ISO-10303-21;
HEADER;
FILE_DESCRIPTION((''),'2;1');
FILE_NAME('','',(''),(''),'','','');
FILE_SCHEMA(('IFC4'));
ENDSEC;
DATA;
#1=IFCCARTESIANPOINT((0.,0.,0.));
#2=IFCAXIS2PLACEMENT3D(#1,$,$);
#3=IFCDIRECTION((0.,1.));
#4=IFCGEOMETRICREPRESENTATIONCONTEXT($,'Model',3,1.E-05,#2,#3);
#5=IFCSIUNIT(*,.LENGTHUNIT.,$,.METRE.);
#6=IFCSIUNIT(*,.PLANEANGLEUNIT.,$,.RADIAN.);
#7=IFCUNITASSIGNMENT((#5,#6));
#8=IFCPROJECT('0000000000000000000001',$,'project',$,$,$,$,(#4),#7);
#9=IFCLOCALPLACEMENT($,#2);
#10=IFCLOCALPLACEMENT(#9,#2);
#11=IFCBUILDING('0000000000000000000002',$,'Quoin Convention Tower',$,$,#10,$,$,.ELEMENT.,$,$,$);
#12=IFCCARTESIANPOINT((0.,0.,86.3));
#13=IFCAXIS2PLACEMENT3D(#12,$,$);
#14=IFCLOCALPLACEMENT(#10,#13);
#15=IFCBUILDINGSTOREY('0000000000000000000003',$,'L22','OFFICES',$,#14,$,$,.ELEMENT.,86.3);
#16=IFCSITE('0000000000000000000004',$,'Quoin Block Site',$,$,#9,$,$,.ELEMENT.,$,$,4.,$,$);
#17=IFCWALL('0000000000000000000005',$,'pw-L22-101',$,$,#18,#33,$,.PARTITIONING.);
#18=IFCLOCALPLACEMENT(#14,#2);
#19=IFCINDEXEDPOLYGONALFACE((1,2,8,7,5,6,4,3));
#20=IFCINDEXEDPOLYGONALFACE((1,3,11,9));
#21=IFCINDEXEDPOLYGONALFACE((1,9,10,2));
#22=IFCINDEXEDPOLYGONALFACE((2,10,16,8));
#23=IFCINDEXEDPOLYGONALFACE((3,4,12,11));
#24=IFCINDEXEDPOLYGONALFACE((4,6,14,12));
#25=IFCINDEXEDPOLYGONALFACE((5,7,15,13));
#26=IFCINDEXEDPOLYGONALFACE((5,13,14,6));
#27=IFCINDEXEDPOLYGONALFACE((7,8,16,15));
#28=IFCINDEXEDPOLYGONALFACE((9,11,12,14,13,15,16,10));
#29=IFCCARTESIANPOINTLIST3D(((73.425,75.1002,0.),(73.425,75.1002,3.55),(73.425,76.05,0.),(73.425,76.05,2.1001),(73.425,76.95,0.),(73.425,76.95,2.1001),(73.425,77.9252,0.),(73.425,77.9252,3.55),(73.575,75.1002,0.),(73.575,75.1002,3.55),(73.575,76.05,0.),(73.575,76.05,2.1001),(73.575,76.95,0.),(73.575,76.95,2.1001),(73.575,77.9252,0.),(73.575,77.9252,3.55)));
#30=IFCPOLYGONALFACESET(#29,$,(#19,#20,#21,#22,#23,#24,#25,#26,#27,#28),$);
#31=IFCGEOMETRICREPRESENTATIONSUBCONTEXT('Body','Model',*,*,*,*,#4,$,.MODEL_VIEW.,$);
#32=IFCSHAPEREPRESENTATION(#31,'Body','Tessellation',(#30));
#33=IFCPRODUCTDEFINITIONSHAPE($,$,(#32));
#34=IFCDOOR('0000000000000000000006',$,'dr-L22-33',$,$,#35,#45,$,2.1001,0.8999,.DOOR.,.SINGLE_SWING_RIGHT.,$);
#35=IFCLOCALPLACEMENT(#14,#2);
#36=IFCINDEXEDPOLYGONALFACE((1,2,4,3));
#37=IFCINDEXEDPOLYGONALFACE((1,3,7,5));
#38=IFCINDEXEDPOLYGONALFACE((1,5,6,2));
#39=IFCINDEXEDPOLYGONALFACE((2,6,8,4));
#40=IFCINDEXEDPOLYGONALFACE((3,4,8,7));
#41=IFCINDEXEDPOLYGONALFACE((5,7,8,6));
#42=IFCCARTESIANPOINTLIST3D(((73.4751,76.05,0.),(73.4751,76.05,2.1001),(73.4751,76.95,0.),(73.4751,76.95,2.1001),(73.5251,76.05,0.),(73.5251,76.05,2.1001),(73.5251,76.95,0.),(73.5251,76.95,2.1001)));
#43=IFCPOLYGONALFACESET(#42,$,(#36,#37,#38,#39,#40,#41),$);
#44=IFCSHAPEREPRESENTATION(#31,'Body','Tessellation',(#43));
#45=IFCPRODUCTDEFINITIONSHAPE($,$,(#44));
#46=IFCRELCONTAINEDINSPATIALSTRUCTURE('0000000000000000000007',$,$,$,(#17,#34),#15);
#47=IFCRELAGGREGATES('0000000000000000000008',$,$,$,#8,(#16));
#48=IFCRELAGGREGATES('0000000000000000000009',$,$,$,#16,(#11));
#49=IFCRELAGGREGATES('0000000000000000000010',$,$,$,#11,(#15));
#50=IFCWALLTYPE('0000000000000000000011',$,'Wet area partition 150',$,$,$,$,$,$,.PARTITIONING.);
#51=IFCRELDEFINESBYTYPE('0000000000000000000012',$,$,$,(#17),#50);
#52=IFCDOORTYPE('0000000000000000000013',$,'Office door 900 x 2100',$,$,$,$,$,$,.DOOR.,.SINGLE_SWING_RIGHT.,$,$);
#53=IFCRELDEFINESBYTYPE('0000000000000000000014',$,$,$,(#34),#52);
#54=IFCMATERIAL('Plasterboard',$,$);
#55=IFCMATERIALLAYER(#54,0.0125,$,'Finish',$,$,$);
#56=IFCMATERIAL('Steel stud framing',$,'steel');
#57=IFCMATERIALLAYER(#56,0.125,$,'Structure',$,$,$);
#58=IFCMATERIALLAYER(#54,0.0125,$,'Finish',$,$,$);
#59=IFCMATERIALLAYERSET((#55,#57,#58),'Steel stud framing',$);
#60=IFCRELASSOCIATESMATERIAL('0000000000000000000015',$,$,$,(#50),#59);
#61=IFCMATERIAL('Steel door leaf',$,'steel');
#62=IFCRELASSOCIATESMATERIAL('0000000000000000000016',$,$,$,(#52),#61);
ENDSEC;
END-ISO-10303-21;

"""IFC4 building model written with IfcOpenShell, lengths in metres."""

from ifc_helpers import new_model, si_unit, direction, frame, frame_2d, origin, place, context, subcontext, project, spatial, rectangle, extrude, material, layer, layer_set, type_object, element, fill, save


model = new_model("IFC4")

# Units and contexts
model_context = context("Model", 3, precision=1e-05, world=origin(), true_north=direction((0.0, 1.0)))
body_context = subcontext(model_context, "Body", "Model", "MODEL_VIEW")
ifc_project = project(units=[si_unit("LENGTHUNIT", "METRE"), si_unit("PLANEANGLEUNIT", "RADIAN")], contexts=[model_context])

# Site, building, storey
site_placement = place(None, origin())
site = spatial("IfcSite", under=ifc_project, at=site_placement, Name="Quoin Block Site", CompositionType="ELEMENT", RefElevation=4.0)
building_placement = place(site_placement, origin())
building = spatial("IfcBuilding", under=site, at=building_placement, Name="Quoin Convention Tower", CompositionType="ELEMENT")
storey_placement = place(building_placement, frame((0.0, 0.0, 86.3)))
storey = spatial("IfcBuildingStorey", under=building, at=storey_placement, Name="L22", Description="OFFICES", CompositionType="ELEMENT", Elevation=86.3)

# Shared definitions
ifc_material_1 = material(Name="Plasterboard")
ifc_material_2 = material(Name="Steel stud framing", Category="steel")
ifc_layer_1 = layer(ifc_material_1, 0.0125, Name="Finish")
ifc_layer_2 = layer(ifc_material_2, 0.125, Name="Structure")
ifc_layer_3 = layer(ifc_material_1, 0.0125, Name="Finish")
ifc_layer_set_1 = layer_set([ifc_layer_1, ifc_layer_2, ifc_layer_3], Name="Steel stud framing")
wall_type_1 = type_object("IfcWallType", Name="Wet area partition 150", PredefinedType="PARTITIONING", material=ifc_layer_set_1)

# Wall, opening, door
wall_1_placement = place(storey_placement, frame((73.5, 75.1001, 0.0), z_axis=(0.0, 0.0, 1.0), x_axis=(0.0, 1.0, 0.0)))
wall_1 = element("IfcWall", 1, at=wall_1_placement, inside=storey, type_object=wall_type_1, Name="pw-L22-101", PredefinedType="PARTITIONING", context=body_context, shape_type="SweptSolid", body=[
    extrude(rectangle(XDim=2.825, YDim=0.1499, at=frame_2d((1.4126, 0.0))), origin(), (0.0, 0.0, 1.0), 3.55),
])
opening_1_placement = place(wall_1_placement, frame((0.95, 0.0, 0.0)))
opening_1 = element("IfcOpeningElement", 2, at=opening_1_placement, cuts=wall_1, PredefinedType="OPENING", context=body_context, shape_type="SweptSolid", body=[
    extrude(rectangle(XDim=0.8999, YDim=2.1001, at=frame_2d((0.45, 1.05))), frame((0.0, 0.085, 0.0), z_axis=(0.0, -1.0, 0.0), x_axis=(1.0, 0.0, 0.0)), (0.0, 0.0, 1.0), 0.1699),
])
ifc_material_3 = material(Name="Steel door leaf", Category="steel")
door_type = type_object("IfcDoorType", Name="Office door 900 x 2100", OperationType="SINGLE_SWING_RIGHT", PredefinedType="DOOR", material=ifc_material_3)
door_placement = place(opening_1_placement, origin())
door = element("IfcDoor", 3, at=door_placement, inside=storey, type_object=door_type, Name="dr-L22-33", OperationType="SINGLE_SWING_RIGHT", OverallHeight=2.1001, OverallWidth=0.8999, PredefinedType="DOOR", context=body_context, shape_type="SweptSolid", body=[
    extrude(rectangle(XDim=0.8999, YDim=2.1001, at=frame_2d((0.45, 1.05))), frame((0.0, 0.0249, 0.0), z_axis=(0.0, -1.0, 0.0), x_axis=(1.0, 0.0, 0.0)), (0.0, 0.0, 1.0), 0.05),
])
fill(opening_1, door)

save(model, "model.ifc")
